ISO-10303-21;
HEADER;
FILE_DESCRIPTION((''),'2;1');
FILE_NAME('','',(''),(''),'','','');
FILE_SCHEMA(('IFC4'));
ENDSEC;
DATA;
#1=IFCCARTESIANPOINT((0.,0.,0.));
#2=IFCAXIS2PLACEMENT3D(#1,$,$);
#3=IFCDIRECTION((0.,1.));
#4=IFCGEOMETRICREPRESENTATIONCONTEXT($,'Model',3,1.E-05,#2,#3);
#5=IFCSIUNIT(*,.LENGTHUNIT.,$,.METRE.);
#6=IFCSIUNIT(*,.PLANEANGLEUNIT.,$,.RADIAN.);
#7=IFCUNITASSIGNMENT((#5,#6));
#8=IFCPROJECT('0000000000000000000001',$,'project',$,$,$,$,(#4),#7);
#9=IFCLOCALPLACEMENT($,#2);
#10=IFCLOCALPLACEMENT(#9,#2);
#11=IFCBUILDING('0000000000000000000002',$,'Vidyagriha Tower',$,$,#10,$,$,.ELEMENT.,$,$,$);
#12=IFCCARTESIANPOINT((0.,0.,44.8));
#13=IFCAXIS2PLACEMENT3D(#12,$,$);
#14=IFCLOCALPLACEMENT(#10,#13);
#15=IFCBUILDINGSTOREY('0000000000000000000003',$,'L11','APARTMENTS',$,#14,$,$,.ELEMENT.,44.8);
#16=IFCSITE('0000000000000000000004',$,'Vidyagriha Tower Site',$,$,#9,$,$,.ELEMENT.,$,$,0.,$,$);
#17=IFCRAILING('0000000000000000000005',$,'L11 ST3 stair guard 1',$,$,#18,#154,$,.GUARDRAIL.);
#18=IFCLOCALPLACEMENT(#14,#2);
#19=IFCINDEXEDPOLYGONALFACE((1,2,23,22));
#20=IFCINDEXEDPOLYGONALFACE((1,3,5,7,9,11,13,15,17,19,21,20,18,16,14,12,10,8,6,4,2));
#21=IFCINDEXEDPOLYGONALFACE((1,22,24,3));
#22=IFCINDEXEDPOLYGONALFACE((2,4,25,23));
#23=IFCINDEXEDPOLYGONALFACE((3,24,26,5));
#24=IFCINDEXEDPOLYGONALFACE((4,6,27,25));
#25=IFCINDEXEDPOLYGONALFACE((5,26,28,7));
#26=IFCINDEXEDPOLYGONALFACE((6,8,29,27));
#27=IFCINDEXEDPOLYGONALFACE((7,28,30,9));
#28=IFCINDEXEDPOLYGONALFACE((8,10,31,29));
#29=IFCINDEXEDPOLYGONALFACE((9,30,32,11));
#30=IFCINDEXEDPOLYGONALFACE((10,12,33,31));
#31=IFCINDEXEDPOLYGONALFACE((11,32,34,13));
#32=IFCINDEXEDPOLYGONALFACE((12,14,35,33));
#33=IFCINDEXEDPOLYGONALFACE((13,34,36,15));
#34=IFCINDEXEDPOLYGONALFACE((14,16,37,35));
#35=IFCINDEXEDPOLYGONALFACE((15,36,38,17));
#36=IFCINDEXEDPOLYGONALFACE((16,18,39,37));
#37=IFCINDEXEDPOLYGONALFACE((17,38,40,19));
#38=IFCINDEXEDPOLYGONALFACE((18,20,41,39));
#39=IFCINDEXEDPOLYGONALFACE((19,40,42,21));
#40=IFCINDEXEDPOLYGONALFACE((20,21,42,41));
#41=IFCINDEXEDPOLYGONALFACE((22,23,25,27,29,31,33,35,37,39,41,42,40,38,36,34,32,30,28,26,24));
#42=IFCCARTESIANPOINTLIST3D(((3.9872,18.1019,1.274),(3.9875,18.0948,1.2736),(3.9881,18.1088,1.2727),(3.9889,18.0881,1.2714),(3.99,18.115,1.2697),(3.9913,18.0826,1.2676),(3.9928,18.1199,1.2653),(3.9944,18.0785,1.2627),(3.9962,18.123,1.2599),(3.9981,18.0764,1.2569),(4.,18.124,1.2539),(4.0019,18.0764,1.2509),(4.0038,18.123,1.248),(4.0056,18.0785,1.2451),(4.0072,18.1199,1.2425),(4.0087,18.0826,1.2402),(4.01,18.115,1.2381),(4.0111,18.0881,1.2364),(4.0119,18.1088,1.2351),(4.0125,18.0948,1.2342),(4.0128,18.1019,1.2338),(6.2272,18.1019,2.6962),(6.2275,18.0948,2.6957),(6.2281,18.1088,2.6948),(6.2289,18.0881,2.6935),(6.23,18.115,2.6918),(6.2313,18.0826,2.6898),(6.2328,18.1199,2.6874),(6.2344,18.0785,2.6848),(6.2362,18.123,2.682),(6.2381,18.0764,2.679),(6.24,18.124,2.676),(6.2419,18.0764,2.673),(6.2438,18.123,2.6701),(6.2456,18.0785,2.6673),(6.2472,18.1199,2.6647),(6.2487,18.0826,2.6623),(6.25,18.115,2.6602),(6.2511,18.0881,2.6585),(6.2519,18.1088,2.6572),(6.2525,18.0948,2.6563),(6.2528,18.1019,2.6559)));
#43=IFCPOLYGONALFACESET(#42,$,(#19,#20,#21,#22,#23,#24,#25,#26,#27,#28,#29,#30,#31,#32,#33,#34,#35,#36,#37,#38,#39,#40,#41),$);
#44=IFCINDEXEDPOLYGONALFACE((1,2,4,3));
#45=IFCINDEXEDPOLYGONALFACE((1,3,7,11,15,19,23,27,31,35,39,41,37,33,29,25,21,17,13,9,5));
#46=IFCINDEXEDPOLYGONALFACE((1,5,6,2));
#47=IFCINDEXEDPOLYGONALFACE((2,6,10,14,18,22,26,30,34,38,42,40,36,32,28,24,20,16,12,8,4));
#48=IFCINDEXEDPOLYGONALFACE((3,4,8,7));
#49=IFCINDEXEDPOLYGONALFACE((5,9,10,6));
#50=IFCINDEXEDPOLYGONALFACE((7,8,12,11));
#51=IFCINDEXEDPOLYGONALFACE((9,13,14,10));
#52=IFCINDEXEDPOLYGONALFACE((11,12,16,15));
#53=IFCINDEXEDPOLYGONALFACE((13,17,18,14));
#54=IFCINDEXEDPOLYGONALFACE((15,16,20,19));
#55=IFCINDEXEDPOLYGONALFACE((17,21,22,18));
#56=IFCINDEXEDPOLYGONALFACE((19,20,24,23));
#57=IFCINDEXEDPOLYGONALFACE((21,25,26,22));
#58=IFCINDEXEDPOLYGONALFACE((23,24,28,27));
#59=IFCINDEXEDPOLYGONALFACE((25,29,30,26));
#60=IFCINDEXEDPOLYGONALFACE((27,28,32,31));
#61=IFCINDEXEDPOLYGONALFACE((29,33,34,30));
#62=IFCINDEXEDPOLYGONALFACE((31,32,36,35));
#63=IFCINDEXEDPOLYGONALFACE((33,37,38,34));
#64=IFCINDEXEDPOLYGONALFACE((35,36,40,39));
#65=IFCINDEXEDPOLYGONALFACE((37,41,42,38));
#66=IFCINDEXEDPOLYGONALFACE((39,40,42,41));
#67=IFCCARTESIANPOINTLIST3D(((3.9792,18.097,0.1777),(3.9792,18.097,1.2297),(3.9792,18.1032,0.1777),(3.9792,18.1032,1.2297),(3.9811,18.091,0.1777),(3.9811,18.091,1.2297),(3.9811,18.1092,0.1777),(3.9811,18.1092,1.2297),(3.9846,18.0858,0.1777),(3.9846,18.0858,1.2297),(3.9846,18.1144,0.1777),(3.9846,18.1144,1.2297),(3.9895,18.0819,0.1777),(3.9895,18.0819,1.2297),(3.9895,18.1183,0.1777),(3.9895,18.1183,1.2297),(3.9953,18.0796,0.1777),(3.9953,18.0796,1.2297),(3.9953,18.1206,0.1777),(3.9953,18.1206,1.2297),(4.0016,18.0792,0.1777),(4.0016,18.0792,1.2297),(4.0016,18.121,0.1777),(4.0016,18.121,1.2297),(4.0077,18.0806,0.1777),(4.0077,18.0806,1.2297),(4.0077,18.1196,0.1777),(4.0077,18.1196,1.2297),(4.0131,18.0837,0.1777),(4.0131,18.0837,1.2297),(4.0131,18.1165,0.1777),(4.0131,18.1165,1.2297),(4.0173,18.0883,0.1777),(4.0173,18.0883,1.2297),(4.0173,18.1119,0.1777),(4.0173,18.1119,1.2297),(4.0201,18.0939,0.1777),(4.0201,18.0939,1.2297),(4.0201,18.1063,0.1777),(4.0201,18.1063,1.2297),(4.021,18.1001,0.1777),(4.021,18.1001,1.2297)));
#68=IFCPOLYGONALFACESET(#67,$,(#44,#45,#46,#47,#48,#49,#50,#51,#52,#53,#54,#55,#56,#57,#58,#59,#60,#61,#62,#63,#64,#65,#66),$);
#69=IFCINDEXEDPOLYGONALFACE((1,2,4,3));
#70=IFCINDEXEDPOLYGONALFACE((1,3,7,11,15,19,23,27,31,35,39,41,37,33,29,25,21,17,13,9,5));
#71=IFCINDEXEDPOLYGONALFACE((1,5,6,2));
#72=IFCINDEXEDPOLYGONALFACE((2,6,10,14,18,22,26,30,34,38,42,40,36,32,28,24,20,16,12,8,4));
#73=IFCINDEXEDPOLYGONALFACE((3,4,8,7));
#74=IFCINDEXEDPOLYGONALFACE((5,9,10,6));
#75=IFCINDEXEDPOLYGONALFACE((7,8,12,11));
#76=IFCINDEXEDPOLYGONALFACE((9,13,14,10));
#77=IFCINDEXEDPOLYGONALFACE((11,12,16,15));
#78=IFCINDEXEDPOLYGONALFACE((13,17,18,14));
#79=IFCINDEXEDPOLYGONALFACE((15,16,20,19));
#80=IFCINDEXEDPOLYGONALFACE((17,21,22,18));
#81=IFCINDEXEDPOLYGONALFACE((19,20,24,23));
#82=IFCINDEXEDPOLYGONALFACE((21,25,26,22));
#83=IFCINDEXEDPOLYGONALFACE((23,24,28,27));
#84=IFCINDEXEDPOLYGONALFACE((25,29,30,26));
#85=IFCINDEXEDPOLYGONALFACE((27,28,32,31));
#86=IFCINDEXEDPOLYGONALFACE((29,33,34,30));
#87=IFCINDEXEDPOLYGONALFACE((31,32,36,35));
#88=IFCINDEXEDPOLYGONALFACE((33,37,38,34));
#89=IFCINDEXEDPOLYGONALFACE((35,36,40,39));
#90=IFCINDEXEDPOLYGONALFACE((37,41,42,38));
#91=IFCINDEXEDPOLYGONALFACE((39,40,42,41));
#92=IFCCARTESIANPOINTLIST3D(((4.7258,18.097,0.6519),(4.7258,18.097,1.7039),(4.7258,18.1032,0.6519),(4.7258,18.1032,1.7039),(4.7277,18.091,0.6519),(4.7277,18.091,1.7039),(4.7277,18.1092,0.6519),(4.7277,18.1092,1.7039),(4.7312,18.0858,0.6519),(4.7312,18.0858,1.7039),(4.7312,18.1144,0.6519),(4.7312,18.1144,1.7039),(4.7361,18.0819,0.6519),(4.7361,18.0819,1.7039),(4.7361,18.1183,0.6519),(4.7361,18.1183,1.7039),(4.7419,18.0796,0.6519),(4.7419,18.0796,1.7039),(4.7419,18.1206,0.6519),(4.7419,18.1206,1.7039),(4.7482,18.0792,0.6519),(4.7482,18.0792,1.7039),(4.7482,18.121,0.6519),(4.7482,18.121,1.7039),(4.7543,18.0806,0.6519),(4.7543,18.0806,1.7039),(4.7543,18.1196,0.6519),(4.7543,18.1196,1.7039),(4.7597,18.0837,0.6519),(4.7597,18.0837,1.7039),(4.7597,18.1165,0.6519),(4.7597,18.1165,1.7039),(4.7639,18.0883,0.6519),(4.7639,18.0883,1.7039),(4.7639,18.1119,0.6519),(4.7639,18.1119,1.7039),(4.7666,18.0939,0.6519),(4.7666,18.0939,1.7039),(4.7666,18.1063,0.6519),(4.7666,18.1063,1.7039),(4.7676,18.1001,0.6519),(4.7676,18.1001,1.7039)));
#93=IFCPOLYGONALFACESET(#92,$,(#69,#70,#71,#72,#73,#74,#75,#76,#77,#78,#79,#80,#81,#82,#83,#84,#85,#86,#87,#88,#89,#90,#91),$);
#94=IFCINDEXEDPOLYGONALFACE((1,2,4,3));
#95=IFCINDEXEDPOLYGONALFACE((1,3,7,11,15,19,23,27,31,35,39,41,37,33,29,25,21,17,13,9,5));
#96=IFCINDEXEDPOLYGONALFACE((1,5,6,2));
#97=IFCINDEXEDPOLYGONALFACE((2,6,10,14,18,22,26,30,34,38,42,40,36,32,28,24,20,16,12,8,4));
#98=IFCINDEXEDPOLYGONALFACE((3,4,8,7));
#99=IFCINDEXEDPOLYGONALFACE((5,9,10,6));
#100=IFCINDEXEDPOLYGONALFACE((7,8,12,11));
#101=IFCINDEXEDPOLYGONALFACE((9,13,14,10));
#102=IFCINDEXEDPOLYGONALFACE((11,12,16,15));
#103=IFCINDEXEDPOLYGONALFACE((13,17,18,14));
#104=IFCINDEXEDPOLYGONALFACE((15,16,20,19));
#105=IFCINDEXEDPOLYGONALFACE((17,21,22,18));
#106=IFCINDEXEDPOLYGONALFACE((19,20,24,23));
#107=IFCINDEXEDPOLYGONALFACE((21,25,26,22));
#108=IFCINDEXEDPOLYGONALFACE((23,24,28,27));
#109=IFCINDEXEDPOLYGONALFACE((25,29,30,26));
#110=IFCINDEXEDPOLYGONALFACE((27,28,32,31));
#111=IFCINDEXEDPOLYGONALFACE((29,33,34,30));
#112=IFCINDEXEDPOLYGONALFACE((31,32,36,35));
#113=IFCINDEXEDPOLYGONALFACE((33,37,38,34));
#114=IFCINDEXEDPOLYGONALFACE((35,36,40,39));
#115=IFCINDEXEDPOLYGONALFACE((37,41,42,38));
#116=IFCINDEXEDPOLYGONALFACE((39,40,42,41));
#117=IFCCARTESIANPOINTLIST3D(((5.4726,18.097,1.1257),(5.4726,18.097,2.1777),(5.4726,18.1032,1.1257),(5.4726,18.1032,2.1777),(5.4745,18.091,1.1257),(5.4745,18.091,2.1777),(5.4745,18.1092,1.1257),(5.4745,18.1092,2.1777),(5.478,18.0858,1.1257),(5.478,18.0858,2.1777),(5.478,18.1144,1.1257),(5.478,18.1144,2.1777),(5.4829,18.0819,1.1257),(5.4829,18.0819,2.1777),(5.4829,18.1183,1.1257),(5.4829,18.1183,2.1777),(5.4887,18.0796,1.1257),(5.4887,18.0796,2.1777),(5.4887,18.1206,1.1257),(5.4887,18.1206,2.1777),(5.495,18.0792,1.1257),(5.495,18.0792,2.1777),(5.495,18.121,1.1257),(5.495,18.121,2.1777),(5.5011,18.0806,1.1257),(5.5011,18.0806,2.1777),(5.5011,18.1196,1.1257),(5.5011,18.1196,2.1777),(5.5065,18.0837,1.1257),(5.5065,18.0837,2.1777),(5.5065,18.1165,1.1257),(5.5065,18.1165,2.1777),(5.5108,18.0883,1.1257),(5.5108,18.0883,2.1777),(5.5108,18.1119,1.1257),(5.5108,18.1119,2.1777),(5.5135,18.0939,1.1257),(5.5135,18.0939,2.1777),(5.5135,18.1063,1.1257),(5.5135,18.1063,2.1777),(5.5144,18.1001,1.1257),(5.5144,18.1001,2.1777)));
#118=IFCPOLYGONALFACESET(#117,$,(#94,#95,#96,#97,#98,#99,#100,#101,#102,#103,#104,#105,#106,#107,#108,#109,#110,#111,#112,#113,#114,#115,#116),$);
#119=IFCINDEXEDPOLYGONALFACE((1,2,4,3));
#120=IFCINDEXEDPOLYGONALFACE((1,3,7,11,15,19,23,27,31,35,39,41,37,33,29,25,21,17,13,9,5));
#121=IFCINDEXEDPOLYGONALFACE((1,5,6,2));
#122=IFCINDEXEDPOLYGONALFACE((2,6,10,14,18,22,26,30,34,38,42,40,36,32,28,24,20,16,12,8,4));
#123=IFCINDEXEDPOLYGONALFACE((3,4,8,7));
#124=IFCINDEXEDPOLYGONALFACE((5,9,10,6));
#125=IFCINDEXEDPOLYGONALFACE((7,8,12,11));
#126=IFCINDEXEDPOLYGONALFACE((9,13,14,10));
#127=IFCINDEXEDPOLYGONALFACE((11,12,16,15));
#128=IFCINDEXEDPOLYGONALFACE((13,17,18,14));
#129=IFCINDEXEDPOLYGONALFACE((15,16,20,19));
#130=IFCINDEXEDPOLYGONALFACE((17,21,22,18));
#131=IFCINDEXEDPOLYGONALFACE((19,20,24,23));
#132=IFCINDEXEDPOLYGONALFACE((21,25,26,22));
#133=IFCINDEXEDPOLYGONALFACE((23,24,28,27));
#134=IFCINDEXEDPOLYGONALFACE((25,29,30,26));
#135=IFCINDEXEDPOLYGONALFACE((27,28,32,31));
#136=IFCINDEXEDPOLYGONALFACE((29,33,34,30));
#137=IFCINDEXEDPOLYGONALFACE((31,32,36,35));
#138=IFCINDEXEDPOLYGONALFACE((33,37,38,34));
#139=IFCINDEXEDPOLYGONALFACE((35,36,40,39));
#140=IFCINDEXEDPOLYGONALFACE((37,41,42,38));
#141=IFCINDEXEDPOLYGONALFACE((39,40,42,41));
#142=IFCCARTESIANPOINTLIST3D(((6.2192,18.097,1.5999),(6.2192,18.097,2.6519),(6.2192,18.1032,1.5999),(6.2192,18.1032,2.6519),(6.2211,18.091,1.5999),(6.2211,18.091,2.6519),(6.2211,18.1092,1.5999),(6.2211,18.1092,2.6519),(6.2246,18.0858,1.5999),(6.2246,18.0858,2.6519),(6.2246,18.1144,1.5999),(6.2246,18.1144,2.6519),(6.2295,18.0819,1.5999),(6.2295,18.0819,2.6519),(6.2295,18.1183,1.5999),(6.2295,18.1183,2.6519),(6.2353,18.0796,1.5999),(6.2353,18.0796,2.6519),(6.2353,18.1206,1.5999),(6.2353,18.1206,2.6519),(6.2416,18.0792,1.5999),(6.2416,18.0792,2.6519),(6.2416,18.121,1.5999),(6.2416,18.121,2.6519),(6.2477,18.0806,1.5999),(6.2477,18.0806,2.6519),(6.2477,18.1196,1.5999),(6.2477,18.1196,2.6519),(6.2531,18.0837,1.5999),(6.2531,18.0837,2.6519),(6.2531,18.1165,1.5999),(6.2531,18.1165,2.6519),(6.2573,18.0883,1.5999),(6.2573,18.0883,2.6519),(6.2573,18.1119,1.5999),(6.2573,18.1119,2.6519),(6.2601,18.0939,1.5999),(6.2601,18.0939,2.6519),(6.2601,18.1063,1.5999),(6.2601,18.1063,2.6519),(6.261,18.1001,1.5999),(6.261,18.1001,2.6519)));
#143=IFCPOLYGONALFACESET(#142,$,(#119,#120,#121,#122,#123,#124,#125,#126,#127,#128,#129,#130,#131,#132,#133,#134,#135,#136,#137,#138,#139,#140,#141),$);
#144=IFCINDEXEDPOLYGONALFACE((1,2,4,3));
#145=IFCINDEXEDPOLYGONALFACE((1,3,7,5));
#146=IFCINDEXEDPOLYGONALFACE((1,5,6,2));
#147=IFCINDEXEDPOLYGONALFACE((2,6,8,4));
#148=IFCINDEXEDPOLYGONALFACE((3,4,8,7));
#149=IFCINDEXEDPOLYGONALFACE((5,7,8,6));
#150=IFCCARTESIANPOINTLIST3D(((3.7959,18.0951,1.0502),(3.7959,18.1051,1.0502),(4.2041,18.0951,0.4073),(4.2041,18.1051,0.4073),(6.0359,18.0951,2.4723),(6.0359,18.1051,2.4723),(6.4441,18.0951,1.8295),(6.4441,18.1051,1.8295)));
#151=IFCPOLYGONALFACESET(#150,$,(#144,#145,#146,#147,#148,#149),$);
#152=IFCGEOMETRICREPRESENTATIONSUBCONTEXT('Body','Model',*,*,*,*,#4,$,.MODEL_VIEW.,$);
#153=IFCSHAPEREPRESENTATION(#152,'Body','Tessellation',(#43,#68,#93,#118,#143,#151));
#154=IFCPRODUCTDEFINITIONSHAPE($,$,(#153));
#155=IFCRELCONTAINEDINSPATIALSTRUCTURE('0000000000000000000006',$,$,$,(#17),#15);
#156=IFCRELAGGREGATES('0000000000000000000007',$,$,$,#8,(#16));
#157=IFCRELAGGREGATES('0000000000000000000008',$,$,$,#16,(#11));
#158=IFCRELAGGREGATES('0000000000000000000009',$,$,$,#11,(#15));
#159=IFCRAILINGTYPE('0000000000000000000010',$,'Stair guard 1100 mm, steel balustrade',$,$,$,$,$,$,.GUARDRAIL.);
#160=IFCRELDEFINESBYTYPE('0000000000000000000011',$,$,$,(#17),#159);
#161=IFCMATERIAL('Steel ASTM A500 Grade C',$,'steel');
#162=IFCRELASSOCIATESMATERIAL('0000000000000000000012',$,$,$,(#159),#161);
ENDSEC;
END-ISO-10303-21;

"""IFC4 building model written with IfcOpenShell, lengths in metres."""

from ifc_helpers import new_model, si_unit, direction, frame, origin, origin_2d, place, context, subcontext, project, spatial, rectangle, circle, extrude, material, type_object, element, save


model = new_model("IFC4")

# Units and contexts
model_context = context("Model", 3, precision=1e-05, world=origin(), true_north=direction((0.0, 1.0)))
body_context = subcontext(model_context, "Body", "Model", "MODEL_VIEW")
ifc_project = project(units=[si_unit("LENGTHUNIT", "METRE"), si_unit("PLANEANGLEUNIT", "RADIAN")], contexts=[model_context])

# Site, building, storey
site_placement = place(None, origin())
site = spatial("IfcSite", under=ifc_project, at=site_placement, Name="Vidyagriha Tower Site", CompositionType="ELEMENT", RefElevation=0.0)
building_placement = place(site_placement, origin())
building = spatial("IfcBuilding", under=site, at=building_placement, Name="Vidyagriha Tower", CompositionType="ELEMENT")
storey_placement = place(building_placement, frame((0.0, 0.0, 44.8)))
storey = spatial("IfcBuildingStorey", under=building, at=storey_placement, Name="L11", Description="APARTMENTS", CompositionType="ELEMENT", Elevation=44.8)

# Railing
ifc_material_1 = material(Name="Steel ASTM A500 Grade C", Category="steel")
railing_type_1 = type_object("IfcRailingType", Name="Stair guard 1100 mm, steel balustrade", PredefinedType="GUARDRAIL", material=ifc_material_1)
railing_1_placement = place(storey_placement, frame((4.0, 18.1001, 0.1777)))
element("IfcRailing", 1, at=railing_1_placement, inside=storey, type_object=railing_type_1, Name="L11 ST3 stair guard 1", PredefinedType="GUARDRAIL", context=body_context, shape_type="SweptSolid", body=[
    extrude(circle(Radius=0.0239, at=origin_2d()), frame((0.0, 0.0, 1.0762), z_axis=(0.844229, 0.0, 0.535982), x_axis=(0.0, 1.0, 0.0)), (0.0, 0.0, 1.0), 2.6533),
    extrude(circle(Radius=0.021, at=origin_2d()), origin(), (0.0, 0.0, 1.0), 1.052),
    extrude(circle(Radius=0.021, at=origin_2d()), frame((0.7466, 0.0, 0.4741)), (0.0, 0.0, 1.0), 1.052),
    extrude(circle(Radius=0.021, at=origin_2d()), frame((1.4934, 0.0, 0.948)), (0.0, 0.0, 1.0), 1.052),
    extrude(circle(Radius=0.021, at=origin_2d()), frame((2.24, 0.0, 1.4221)), (0.0, 0.0, 1.0), 1.052),
    extrude(rectangle(XDim=0.01, YDim=0.7615, at=origin_2d()), frame((0.0, 0.0, 0.551), z_axis=(0.844229, 0.0, 0.535982), x_axis=(0.0, 1.0, 0.0)), (0.0, 0.0, 1.0), 2.6533),
])

save(model, "model.ifc")
